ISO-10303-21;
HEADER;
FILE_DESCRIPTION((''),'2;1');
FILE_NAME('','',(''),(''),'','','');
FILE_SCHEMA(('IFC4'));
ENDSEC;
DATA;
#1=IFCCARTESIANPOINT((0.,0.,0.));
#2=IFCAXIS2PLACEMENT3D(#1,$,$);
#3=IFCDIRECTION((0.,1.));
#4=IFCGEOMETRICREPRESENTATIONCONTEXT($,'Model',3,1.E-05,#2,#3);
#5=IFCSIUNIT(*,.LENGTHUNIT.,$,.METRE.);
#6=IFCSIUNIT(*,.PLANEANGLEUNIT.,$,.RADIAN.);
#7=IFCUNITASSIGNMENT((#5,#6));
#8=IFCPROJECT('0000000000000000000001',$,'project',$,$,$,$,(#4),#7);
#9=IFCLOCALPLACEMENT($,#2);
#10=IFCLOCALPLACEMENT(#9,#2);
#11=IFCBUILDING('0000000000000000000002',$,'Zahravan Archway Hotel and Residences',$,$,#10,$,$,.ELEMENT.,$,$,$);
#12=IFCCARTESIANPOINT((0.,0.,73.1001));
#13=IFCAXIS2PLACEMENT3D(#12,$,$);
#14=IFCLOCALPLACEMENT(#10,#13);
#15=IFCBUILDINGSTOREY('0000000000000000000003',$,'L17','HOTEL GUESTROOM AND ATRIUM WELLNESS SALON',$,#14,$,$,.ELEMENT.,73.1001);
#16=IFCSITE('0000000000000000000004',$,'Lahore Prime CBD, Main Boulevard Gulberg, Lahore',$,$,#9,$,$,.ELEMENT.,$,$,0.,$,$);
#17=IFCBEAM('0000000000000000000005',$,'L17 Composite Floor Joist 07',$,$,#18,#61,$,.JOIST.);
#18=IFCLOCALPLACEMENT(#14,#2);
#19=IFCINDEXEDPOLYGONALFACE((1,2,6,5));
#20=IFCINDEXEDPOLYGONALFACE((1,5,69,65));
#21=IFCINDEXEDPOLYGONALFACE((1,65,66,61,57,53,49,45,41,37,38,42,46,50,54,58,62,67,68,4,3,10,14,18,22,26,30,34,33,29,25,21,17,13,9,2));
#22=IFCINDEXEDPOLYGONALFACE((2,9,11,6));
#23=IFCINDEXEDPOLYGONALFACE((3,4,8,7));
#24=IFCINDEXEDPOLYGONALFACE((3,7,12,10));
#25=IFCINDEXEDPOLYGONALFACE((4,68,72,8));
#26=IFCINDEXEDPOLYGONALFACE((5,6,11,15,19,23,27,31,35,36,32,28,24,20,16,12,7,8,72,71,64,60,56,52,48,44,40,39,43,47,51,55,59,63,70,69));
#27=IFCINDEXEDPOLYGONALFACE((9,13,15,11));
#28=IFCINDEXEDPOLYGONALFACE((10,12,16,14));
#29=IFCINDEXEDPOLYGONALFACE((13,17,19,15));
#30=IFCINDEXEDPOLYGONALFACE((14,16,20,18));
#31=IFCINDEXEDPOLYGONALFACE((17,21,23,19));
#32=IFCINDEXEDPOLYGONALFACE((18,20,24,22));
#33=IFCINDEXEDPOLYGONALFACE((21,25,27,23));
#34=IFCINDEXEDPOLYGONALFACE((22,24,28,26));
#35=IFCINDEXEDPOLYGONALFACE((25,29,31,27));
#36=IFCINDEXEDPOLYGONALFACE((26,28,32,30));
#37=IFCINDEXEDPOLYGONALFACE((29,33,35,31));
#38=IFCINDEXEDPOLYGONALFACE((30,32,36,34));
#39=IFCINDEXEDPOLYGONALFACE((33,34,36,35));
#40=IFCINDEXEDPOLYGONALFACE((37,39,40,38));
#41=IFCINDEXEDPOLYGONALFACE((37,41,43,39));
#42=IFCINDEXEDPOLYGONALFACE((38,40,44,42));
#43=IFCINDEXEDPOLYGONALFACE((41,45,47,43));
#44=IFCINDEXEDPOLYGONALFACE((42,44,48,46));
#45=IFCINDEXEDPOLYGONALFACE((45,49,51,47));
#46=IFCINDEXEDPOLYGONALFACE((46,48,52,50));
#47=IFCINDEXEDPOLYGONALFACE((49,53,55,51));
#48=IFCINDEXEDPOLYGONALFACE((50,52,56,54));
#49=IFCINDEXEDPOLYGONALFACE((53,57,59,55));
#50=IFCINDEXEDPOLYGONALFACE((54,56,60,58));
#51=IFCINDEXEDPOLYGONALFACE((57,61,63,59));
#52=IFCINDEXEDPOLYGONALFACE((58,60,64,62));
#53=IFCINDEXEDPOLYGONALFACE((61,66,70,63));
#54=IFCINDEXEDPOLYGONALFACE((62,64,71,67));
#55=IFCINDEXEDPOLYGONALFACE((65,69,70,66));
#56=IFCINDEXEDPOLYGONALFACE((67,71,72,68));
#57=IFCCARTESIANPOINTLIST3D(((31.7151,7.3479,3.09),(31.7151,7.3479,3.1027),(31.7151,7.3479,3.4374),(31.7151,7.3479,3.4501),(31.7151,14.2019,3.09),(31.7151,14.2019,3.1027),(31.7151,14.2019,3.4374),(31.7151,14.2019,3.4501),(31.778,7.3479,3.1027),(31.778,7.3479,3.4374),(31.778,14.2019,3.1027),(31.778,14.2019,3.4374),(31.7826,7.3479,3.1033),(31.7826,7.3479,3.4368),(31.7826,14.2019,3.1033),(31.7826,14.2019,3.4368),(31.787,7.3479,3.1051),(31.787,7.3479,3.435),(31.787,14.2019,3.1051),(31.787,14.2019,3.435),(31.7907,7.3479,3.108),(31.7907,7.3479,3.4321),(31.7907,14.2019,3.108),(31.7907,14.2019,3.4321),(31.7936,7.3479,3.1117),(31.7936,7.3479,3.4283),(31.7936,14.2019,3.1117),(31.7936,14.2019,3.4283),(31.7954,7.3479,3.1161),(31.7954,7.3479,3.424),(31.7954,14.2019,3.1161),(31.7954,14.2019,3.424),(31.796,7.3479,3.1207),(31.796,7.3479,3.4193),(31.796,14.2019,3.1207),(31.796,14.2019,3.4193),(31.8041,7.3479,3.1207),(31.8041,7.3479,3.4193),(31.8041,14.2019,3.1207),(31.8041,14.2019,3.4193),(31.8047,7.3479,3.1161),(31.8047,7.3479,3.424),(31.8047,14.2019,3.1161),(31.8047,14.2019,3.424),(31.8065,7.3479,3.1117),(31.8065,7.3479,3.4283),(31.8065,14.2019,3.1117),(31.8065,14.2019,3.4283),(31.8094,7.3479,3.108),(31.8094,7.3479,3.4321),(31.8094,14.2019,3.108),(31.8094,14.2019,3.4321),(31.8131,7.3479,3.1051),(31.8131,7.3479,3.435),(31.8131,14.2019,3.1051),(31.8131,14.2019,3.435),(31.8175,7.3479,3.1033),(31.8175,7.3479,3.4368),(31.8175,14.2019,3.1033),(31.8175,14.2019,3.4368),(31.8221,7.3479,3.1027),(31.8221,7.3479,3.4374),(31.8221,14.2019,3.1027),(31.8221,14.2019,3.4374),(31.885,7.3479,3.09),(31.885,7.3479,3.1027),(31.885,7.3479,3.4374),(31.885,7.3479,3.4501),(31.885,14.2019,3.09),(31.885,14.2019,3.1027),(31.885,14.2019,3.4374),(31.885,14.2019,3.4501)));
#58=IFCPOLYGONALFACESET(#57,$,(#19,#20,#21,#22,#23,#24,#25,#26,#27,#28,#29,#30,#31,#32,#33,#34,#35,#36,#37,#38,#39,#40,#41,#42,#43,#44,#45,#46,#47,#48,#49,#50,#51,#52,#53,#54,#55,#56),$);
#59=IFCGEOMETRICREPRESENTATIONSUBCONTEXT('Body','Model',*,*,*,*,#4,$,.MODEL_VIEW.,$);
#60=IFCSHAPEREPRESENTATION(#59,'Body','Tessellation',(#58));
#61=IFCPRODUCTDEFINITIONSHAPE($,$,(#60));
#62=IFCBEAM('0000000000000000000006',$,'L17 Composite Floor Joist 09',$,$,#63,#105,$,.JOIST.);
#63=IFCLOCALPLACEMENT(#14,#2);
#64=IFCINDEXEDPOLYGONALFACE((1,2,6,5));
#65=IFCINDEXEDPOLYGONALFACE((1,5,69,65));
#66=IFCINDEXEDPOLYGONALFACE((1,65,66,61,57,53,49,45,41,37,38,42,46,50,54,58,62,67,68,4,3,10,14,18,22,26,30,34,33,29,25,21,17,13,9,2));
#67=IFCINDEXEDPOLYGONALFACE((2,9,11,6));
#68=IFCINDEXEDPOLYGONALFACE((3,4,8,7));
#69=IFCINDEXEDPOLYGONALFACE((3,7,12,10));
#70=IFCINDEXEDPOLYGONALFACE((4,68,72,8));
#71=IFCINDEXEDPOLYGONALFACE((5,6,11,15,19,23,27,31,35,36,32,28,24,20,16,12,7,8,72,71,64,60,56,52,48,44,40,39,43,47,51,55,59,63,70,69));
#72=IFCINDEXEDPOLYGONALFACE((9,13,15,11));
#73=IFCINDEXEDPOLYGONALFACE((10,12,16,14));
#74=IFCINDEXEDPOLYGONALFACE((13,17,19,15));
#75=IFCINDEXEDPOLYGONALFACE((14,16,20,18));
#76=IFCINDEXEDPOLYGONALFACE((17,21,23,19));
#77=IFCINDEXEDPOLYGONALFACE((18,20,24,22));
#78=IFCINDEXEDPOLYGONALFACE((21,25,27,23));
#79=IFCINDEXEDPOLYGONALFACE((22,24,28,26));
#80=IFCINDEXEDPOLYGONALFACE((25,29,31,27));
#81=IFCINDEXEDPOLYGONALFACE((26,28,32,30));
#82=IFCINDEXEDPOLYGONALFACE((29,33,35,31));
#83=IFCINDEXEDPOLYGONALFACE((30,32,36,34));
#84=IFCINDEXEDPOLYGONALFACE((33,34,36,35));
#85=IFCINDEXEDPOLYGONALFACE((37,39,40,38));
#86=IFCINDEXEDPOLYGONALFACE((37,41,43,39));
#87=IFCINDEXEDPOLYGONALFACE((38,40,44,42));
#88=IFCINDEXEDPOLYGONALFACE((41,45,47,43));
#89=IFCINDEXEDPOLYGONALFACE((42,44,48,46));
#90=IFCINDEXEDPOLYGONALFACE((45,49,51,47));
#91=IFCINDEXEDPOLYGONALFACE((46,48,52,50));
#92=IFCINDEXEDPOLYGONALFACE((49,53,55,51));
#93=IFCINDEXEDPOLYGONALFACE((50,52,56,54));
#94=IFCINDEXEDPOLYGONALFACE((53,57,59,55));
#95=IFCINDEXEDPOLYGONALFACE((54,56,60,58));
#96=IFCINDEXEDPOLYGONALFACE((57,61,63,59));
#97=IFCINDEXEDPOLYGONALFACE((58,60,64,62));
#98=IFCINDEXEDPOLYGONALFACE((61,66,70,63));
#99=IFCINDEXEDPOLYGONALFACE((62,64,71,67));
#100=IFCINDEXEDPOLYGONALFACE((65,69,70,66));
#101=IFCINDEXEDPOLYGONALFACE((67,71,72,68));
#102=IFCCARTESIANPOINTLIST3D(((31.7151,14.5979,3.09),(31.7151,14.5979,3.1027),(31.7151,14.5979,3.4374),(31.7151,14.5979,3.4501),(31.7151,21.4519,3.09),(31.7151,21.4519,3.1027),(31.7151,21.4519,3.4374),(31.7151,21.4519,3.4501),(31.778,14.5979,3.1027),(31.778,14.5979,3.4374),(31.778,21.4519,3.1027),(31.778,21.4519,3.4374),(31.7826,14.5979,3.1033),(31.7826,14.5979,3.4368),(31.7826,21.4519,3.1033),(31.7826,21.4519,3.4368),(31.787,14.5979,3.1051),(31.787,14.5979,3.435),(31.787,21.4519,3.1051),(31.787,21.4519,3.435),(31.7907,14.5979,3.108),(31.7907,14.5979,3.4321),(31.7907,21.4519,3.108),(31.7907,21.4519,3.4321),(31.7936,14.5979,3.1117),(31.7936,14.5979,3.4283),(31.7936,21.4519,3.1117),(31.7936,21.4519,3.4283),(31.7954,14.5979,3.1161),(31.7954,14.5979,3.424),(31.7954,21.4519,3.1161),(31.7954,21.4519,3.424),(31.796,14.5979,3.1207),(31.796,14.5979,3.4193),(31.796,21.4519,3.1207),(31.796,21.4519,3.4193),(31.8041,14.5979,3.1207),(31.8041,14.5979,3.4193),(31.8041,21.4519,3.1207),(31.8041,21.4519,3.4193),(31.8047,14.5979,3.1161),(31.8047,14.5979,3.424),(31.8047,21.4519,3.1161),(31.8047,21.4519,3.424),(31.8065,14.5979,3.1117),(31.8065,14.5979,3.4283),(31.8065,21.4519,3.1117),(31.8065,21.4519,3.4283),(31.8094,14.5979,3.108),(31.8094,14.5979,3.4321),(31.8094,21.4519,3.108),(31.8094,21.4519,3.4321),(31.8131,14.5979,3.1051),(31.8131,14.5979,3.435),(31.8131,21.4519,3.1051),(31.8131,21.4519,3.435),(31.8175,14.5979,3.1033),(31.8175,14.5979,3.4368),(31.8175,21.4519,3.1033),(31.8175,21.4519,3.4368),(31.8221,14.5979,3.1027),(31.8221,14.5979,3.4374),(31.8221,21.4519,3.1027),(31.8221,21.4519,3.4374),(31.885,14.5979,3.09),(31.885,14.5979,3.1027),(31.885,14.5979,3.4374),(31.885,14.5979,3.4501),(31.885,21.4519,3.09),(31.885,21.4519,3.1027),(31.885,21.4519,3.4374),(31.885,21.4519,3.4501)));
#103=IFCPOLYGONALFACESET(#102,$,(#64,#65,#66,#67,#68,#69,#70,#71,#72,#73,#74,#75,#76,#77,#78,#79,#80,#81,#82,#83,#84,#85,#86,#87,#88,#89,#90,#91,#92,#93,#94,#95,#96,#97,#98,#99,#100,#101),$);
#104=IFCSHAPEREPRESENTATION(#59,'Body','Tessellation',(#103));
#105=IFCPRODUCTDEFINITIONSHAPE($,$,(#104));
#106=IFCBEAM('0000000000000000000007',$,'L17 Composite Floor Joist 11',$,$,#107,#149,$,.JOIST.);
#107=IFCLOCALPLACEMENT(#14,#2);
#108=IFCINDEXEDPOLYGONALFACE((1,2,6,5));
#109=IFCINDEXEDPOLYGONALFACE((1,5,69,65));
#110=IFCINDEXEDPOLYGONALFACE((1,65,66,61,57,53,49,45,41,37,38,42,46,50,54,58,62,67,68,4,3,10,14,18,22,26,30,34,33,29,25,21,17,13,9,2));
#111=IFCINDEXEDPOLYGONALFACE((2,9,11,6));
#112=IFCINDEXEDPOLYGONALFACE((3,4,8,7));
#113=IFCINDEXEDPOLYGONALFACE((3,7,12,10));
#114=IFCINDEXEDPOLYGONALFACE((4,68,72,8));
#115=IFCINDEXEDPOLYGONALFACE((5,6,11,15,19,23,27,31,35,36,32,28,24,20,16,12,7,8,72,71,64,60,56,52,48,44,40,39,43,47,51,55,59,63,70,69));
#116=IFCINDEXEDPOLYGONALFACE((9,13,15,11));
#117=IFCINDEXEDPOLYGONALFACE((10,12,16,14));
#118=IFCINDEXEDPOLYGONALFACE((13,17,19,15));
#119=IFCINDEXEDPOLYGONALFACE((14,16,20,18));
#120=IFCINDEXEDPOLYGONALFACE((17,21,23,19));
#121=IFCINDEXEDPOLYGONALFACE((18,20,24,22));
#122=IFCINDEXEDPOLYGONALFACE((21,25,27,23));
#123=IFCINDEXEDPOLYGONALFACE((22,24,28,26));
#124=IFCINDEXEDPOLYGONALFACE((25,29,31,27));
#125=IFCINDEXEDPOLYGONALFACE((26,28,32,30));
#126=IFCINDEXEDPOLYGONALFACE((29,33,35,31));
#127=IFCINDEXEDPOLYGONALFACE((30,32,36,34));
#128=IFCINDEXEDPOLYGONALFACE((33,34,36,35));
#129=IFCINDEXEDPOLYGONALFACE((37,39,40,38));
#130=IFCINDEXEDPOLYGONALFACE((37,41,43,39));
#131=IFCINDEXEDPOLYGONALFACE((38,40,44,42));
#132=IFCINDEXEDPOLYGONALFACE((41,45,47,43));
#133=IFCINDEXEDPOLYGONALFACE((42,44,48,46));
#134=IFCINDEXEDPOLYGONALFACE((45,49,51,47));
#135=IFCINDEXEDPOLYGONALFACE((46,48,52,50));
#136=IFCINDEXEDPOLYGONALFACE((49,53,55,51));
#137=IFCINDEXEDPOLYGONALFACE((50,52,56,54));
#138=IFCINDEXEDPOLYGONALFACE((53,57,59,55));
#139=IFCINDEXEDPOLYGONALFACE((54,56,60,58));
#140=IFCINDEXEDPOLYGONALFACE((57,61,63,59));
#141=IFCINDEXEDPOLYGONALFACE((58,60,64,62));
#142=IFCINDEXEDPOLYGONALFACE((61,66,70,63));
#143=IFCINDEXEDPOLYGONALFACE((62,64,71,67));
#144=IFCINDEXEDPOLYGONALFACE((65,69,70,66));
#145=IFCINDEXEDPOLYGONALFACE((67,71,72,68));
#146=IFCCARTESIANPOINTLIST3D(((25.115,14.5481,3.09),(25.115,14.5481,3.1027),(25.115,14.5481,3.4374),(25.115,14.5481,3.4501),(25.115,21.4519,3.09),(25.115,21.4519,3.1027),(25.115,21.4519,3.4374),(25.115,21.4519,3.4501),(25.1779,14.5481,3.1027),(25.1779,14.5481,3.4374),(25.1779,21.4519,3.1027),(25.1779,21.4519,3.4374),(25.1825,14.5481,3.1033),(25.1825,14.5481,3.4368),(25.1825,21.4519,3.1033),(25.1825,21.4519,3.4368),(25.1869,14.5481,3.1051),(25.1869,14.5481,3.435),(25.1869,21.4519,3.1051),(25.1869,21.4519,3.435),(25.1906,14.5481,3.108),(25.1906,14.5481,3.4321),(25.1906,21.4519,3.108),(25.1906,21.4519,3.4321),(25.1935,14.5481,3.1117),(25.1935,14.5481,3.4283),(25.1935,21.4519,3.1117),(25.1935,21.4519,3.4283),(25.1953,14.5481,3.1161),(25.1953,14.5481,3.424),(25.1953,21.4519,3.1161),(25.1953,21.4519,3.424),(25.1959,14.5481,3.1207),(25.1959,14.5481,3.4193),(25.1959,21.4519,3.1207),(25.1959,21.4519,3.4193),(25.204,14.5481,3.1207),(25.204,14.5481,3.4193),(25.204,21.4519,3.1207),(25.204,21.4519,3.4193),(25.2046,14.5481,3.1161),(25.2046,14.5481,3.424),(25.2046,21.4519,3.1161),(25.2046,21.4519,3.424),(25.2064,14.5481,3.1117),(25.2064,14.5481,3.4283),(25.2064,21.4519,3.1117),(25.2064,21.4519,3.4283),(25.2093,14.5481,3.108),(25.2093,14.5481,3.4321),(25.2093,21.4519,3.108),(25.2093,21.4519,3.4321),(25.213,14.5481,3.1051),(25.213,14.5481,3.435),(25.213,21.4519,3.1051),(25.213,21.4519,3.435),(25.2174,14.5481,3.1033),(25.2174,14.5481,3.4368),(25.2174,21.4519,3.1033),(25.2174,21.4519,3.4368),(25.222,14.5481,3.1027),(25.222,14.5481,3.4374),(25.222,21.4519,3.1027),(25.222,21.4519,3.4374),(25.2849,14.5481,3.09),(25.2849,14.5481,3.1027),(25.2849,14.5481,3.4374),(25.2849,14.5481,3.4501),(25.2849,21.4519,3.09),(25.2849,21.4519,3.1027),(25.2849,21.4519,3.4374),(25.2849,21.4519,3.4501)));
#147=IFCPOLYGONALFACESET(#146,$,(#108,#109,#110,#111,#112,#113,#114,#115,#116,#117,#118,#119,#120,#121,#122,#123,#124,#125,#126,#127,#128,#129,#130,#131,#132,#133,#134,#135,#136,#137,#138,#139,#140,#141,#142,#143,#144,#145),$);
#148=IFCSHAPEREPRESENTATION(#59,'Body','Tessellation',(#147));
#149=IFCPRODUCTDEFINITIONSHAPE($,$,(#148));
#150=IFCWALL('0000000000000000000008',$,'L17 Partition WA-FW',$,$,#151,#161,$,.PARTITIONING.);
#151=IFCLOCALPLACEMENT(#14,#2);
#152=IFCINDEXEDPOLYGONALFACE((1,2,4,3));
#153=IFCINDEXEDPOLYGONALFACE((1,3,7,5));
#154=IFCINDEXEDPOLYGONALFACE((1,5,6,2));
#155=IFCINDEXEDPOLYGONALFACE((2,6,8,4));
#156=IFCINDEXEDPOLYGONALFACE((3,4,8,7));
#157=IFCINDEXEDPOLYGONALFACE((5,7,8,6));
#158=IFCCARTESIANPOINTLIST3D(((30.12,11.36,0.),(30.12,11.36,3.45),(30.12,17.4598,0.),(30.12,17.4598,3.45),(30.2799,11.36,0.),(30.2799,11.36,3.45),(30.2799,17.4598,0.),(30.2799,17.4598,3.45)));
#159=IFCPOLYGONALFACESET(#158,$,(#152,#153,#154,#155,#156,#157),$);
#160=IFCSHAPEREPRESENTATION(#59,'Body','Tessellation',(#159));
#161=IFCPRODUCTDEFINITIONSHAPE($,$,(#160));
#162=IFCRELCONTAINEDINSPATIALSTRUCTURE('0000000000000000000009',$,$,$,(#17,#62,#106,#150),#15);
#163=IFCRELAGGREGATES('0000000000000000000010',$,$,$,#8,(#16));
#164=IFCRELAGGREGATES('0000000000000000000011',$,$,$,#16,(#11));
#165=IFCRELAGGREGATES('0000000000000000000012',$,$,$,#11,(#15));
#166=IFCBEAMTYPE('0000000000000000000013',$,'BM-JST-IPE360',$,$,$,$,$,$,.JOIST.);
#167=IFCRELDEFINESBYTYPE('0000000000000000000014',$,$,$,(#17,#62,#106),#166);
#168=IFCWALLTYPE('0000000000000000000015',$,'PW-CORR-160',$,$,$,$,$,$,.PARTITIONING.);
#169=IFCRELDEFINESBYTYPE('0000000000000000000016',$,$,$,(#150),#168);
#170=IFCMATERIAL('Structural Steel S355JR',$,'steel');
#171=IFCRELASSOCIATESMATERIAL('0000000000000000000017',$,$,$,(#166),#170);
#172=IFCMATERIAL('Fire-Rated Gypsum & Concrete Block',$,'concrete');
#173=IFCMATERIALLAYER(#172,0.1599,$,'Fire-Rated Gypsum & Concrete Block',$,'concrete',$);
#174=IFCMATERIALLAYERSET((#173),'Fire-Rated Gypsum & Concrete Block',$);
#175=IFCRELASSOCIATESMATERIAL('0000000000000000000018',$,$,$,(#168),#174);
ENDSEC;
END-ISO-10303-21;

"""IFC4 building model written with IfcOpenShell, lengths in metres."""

from ifc_helpers import new_model, si_unit, direction, frame, frame_2d, origin, origin_2d, place, context, subcontext, project, spatial, rectangle, i_section, extrude, source, transform, mapped, material, layer, layer_set, material_profile, profile_set, type_object, element, save


model = new_model("IFC4")

# Units and contexts
model_context = context("Model", 3, precision=1e-05, world=origin(), true_north=direction((0.0, 1.0)))
body_context = subcontext(model_context, "Body", "Model", "MODEL_VIEW")
ifc_project = project(units=[si_unit("LENGTHUNIT", "METRE"), si_unit("PLANEANGLEUNIT", "RADIAN")], contexts=[model_context])

# Site, building, storey
site_placement = place(None, origin())
site = spatial("IfcSite", under=ifc_project, at=site_placement, Name="Lahore Prime CBD, Main Boulevard Gulberg, Lahore", CompositionType="ELEMENT", RefElevation=0.0)
building_placement = place(site_placement, origin())
building = spatial("IfcBuilding", under=site, at=building_placement, Name="Zahravan Archway Hotel and Residences", CompositionType="ELEMENT")
storey_placement = place(building_placement, frame((0.0, 0.0, 73.1001)))
storey = spatial("IfcBuildingStorey", under=building, at=storey_placement, Name="L17", Description="HOTEL GUESTROOM AND ATRIUM WELLNESS SALON", CompositionType="ELEMENT", Elevation=73.1001)

# Beams
ifc_material_1 = material(Name="Structural Steel S355JR", Category="steel")
ifc_material_profile_1 = material_profile(ifc_material_1, i_section(OverallWidth=0.1699, OverallDepth=0.3601, WebThickness=0.0081, FlangeThickness=0.0127, FilletRadius=0.0181, at=origin_2d()), Name="IPE 360", Category="steel")
ifc_profile_set_1 = profile_set([ifc_material_profile_1], Name="Structural Steel S355JR")
beam_type_1 = type_object("IfcBeamType", Name="BM-JST-IPE360", PredefinedType="JOIST", material=ifc_profile_set_1)
shared_shape_1 = source(origin(), body_context, "Body", "SweptSolid", [
    extrude(i_section(OverallWidth=0.1699, OverallDepth=0.3601, WebThickness=0.0081, FlangeThickness=0.0127, FilletRadius=0.0181, at=origin_2d()), origin(), (0.0, 0.0, 1.0), 6.854),
])
for number, where, z_axis, x_axis, name in (
    (1, (31.8, 7.3479, 3.27), (0.0, 1.0, 0.0), (-1.0, 0.0, 0.0), "L17 Composite Floor Joist 07"),
    (2, (31.8, 14.5979, 3.27), (0.0, 1.0, 0.0), (-1.0, 0.0, 0.0), "L17 Composite Floor Joist 09"),
):
    element("IfcBeam", number, at=place(storey_placement, frame(where, z_axis=z_axis, x_axis=x_axis)), inside=storey, type_object=beam_type_1, Name=name, PredefinedType="JOIST", context=body_context, shape_type="MappedRepresentation", body=[
        mapped(shared_shape_1, transform((0.0, 0.0, 0.0), scale=1.0)),
    ])
shared_shape_2 = source(origin(), body_context, "Body", "SweptSolid", [
    extrude(i_section(OverallWidth=0.1699, OverallDepth=0.3601, WebThickness=0.0081, FlangeThickness=0.0127, FilletRadius=0.0181, at=origin_2d()), origin(), (0.0, 0.0, 1.0), 6.9038),
])
beam_1_placement = place(storey_placement, frame((25.2, 14.5481, 3.27), z_axis=(0.0, 1.0, 0.0), x_axis=(-1.0, 0.0, 0.0)))
element("IfcBeam", 3, at=beam_1_placement, inside=storey, type_object=beam_type_1, Name="L17 Composite Floor Joist 11", PredefinedType="JOIST", context=body_context, shape_type="MappedRepresentation", body=[
    mapped(shared_shape_2, transform((0.0, 0.0, 0.0), scale=1.0)),
])

# Wall
ifc_material_2 = material(Name="Fire-Rated Gypsum & Concrete Block", Category="concrete")
ifc_layer_1 = layer(ifc_material_2, 0.1599, Name="Fire-Rated Gypsum & Concrete Block", Category="concrete")
ifc_layer_set_1 = layer_set([ifc_layer_1], Name="Fire-Rated Gypsum & Concrete Block")
wall_type_1 = type_object("IfcWallType", Name="PW-CORR-160", PredefinedType="PARTITIONING", material=ifc_layer_set_1)
wall_1_placement = place(storey_placement, frame((30.2, 11.3601, 0.0), z_axis=(0.0, 0.0, 1.0), x_axis=(0.0, 1.0, 0.0)))
element("IfcWall", 4, at=wall_1_placement, inside=storey, type_object=wall_type_1, Name="L17 Partition WA-FW", PredefinedType="PARTITIONING", context=body_context, shape_type="SweptSolid", body=[
    extrude(rectangle(XDim=6.0999, YDim=0.1599, at=frame_2d((3.0498, 0.0))), origin(), (0.0, 0.0, 1.0), 3.45),
])

save(model, "model.ifc")
